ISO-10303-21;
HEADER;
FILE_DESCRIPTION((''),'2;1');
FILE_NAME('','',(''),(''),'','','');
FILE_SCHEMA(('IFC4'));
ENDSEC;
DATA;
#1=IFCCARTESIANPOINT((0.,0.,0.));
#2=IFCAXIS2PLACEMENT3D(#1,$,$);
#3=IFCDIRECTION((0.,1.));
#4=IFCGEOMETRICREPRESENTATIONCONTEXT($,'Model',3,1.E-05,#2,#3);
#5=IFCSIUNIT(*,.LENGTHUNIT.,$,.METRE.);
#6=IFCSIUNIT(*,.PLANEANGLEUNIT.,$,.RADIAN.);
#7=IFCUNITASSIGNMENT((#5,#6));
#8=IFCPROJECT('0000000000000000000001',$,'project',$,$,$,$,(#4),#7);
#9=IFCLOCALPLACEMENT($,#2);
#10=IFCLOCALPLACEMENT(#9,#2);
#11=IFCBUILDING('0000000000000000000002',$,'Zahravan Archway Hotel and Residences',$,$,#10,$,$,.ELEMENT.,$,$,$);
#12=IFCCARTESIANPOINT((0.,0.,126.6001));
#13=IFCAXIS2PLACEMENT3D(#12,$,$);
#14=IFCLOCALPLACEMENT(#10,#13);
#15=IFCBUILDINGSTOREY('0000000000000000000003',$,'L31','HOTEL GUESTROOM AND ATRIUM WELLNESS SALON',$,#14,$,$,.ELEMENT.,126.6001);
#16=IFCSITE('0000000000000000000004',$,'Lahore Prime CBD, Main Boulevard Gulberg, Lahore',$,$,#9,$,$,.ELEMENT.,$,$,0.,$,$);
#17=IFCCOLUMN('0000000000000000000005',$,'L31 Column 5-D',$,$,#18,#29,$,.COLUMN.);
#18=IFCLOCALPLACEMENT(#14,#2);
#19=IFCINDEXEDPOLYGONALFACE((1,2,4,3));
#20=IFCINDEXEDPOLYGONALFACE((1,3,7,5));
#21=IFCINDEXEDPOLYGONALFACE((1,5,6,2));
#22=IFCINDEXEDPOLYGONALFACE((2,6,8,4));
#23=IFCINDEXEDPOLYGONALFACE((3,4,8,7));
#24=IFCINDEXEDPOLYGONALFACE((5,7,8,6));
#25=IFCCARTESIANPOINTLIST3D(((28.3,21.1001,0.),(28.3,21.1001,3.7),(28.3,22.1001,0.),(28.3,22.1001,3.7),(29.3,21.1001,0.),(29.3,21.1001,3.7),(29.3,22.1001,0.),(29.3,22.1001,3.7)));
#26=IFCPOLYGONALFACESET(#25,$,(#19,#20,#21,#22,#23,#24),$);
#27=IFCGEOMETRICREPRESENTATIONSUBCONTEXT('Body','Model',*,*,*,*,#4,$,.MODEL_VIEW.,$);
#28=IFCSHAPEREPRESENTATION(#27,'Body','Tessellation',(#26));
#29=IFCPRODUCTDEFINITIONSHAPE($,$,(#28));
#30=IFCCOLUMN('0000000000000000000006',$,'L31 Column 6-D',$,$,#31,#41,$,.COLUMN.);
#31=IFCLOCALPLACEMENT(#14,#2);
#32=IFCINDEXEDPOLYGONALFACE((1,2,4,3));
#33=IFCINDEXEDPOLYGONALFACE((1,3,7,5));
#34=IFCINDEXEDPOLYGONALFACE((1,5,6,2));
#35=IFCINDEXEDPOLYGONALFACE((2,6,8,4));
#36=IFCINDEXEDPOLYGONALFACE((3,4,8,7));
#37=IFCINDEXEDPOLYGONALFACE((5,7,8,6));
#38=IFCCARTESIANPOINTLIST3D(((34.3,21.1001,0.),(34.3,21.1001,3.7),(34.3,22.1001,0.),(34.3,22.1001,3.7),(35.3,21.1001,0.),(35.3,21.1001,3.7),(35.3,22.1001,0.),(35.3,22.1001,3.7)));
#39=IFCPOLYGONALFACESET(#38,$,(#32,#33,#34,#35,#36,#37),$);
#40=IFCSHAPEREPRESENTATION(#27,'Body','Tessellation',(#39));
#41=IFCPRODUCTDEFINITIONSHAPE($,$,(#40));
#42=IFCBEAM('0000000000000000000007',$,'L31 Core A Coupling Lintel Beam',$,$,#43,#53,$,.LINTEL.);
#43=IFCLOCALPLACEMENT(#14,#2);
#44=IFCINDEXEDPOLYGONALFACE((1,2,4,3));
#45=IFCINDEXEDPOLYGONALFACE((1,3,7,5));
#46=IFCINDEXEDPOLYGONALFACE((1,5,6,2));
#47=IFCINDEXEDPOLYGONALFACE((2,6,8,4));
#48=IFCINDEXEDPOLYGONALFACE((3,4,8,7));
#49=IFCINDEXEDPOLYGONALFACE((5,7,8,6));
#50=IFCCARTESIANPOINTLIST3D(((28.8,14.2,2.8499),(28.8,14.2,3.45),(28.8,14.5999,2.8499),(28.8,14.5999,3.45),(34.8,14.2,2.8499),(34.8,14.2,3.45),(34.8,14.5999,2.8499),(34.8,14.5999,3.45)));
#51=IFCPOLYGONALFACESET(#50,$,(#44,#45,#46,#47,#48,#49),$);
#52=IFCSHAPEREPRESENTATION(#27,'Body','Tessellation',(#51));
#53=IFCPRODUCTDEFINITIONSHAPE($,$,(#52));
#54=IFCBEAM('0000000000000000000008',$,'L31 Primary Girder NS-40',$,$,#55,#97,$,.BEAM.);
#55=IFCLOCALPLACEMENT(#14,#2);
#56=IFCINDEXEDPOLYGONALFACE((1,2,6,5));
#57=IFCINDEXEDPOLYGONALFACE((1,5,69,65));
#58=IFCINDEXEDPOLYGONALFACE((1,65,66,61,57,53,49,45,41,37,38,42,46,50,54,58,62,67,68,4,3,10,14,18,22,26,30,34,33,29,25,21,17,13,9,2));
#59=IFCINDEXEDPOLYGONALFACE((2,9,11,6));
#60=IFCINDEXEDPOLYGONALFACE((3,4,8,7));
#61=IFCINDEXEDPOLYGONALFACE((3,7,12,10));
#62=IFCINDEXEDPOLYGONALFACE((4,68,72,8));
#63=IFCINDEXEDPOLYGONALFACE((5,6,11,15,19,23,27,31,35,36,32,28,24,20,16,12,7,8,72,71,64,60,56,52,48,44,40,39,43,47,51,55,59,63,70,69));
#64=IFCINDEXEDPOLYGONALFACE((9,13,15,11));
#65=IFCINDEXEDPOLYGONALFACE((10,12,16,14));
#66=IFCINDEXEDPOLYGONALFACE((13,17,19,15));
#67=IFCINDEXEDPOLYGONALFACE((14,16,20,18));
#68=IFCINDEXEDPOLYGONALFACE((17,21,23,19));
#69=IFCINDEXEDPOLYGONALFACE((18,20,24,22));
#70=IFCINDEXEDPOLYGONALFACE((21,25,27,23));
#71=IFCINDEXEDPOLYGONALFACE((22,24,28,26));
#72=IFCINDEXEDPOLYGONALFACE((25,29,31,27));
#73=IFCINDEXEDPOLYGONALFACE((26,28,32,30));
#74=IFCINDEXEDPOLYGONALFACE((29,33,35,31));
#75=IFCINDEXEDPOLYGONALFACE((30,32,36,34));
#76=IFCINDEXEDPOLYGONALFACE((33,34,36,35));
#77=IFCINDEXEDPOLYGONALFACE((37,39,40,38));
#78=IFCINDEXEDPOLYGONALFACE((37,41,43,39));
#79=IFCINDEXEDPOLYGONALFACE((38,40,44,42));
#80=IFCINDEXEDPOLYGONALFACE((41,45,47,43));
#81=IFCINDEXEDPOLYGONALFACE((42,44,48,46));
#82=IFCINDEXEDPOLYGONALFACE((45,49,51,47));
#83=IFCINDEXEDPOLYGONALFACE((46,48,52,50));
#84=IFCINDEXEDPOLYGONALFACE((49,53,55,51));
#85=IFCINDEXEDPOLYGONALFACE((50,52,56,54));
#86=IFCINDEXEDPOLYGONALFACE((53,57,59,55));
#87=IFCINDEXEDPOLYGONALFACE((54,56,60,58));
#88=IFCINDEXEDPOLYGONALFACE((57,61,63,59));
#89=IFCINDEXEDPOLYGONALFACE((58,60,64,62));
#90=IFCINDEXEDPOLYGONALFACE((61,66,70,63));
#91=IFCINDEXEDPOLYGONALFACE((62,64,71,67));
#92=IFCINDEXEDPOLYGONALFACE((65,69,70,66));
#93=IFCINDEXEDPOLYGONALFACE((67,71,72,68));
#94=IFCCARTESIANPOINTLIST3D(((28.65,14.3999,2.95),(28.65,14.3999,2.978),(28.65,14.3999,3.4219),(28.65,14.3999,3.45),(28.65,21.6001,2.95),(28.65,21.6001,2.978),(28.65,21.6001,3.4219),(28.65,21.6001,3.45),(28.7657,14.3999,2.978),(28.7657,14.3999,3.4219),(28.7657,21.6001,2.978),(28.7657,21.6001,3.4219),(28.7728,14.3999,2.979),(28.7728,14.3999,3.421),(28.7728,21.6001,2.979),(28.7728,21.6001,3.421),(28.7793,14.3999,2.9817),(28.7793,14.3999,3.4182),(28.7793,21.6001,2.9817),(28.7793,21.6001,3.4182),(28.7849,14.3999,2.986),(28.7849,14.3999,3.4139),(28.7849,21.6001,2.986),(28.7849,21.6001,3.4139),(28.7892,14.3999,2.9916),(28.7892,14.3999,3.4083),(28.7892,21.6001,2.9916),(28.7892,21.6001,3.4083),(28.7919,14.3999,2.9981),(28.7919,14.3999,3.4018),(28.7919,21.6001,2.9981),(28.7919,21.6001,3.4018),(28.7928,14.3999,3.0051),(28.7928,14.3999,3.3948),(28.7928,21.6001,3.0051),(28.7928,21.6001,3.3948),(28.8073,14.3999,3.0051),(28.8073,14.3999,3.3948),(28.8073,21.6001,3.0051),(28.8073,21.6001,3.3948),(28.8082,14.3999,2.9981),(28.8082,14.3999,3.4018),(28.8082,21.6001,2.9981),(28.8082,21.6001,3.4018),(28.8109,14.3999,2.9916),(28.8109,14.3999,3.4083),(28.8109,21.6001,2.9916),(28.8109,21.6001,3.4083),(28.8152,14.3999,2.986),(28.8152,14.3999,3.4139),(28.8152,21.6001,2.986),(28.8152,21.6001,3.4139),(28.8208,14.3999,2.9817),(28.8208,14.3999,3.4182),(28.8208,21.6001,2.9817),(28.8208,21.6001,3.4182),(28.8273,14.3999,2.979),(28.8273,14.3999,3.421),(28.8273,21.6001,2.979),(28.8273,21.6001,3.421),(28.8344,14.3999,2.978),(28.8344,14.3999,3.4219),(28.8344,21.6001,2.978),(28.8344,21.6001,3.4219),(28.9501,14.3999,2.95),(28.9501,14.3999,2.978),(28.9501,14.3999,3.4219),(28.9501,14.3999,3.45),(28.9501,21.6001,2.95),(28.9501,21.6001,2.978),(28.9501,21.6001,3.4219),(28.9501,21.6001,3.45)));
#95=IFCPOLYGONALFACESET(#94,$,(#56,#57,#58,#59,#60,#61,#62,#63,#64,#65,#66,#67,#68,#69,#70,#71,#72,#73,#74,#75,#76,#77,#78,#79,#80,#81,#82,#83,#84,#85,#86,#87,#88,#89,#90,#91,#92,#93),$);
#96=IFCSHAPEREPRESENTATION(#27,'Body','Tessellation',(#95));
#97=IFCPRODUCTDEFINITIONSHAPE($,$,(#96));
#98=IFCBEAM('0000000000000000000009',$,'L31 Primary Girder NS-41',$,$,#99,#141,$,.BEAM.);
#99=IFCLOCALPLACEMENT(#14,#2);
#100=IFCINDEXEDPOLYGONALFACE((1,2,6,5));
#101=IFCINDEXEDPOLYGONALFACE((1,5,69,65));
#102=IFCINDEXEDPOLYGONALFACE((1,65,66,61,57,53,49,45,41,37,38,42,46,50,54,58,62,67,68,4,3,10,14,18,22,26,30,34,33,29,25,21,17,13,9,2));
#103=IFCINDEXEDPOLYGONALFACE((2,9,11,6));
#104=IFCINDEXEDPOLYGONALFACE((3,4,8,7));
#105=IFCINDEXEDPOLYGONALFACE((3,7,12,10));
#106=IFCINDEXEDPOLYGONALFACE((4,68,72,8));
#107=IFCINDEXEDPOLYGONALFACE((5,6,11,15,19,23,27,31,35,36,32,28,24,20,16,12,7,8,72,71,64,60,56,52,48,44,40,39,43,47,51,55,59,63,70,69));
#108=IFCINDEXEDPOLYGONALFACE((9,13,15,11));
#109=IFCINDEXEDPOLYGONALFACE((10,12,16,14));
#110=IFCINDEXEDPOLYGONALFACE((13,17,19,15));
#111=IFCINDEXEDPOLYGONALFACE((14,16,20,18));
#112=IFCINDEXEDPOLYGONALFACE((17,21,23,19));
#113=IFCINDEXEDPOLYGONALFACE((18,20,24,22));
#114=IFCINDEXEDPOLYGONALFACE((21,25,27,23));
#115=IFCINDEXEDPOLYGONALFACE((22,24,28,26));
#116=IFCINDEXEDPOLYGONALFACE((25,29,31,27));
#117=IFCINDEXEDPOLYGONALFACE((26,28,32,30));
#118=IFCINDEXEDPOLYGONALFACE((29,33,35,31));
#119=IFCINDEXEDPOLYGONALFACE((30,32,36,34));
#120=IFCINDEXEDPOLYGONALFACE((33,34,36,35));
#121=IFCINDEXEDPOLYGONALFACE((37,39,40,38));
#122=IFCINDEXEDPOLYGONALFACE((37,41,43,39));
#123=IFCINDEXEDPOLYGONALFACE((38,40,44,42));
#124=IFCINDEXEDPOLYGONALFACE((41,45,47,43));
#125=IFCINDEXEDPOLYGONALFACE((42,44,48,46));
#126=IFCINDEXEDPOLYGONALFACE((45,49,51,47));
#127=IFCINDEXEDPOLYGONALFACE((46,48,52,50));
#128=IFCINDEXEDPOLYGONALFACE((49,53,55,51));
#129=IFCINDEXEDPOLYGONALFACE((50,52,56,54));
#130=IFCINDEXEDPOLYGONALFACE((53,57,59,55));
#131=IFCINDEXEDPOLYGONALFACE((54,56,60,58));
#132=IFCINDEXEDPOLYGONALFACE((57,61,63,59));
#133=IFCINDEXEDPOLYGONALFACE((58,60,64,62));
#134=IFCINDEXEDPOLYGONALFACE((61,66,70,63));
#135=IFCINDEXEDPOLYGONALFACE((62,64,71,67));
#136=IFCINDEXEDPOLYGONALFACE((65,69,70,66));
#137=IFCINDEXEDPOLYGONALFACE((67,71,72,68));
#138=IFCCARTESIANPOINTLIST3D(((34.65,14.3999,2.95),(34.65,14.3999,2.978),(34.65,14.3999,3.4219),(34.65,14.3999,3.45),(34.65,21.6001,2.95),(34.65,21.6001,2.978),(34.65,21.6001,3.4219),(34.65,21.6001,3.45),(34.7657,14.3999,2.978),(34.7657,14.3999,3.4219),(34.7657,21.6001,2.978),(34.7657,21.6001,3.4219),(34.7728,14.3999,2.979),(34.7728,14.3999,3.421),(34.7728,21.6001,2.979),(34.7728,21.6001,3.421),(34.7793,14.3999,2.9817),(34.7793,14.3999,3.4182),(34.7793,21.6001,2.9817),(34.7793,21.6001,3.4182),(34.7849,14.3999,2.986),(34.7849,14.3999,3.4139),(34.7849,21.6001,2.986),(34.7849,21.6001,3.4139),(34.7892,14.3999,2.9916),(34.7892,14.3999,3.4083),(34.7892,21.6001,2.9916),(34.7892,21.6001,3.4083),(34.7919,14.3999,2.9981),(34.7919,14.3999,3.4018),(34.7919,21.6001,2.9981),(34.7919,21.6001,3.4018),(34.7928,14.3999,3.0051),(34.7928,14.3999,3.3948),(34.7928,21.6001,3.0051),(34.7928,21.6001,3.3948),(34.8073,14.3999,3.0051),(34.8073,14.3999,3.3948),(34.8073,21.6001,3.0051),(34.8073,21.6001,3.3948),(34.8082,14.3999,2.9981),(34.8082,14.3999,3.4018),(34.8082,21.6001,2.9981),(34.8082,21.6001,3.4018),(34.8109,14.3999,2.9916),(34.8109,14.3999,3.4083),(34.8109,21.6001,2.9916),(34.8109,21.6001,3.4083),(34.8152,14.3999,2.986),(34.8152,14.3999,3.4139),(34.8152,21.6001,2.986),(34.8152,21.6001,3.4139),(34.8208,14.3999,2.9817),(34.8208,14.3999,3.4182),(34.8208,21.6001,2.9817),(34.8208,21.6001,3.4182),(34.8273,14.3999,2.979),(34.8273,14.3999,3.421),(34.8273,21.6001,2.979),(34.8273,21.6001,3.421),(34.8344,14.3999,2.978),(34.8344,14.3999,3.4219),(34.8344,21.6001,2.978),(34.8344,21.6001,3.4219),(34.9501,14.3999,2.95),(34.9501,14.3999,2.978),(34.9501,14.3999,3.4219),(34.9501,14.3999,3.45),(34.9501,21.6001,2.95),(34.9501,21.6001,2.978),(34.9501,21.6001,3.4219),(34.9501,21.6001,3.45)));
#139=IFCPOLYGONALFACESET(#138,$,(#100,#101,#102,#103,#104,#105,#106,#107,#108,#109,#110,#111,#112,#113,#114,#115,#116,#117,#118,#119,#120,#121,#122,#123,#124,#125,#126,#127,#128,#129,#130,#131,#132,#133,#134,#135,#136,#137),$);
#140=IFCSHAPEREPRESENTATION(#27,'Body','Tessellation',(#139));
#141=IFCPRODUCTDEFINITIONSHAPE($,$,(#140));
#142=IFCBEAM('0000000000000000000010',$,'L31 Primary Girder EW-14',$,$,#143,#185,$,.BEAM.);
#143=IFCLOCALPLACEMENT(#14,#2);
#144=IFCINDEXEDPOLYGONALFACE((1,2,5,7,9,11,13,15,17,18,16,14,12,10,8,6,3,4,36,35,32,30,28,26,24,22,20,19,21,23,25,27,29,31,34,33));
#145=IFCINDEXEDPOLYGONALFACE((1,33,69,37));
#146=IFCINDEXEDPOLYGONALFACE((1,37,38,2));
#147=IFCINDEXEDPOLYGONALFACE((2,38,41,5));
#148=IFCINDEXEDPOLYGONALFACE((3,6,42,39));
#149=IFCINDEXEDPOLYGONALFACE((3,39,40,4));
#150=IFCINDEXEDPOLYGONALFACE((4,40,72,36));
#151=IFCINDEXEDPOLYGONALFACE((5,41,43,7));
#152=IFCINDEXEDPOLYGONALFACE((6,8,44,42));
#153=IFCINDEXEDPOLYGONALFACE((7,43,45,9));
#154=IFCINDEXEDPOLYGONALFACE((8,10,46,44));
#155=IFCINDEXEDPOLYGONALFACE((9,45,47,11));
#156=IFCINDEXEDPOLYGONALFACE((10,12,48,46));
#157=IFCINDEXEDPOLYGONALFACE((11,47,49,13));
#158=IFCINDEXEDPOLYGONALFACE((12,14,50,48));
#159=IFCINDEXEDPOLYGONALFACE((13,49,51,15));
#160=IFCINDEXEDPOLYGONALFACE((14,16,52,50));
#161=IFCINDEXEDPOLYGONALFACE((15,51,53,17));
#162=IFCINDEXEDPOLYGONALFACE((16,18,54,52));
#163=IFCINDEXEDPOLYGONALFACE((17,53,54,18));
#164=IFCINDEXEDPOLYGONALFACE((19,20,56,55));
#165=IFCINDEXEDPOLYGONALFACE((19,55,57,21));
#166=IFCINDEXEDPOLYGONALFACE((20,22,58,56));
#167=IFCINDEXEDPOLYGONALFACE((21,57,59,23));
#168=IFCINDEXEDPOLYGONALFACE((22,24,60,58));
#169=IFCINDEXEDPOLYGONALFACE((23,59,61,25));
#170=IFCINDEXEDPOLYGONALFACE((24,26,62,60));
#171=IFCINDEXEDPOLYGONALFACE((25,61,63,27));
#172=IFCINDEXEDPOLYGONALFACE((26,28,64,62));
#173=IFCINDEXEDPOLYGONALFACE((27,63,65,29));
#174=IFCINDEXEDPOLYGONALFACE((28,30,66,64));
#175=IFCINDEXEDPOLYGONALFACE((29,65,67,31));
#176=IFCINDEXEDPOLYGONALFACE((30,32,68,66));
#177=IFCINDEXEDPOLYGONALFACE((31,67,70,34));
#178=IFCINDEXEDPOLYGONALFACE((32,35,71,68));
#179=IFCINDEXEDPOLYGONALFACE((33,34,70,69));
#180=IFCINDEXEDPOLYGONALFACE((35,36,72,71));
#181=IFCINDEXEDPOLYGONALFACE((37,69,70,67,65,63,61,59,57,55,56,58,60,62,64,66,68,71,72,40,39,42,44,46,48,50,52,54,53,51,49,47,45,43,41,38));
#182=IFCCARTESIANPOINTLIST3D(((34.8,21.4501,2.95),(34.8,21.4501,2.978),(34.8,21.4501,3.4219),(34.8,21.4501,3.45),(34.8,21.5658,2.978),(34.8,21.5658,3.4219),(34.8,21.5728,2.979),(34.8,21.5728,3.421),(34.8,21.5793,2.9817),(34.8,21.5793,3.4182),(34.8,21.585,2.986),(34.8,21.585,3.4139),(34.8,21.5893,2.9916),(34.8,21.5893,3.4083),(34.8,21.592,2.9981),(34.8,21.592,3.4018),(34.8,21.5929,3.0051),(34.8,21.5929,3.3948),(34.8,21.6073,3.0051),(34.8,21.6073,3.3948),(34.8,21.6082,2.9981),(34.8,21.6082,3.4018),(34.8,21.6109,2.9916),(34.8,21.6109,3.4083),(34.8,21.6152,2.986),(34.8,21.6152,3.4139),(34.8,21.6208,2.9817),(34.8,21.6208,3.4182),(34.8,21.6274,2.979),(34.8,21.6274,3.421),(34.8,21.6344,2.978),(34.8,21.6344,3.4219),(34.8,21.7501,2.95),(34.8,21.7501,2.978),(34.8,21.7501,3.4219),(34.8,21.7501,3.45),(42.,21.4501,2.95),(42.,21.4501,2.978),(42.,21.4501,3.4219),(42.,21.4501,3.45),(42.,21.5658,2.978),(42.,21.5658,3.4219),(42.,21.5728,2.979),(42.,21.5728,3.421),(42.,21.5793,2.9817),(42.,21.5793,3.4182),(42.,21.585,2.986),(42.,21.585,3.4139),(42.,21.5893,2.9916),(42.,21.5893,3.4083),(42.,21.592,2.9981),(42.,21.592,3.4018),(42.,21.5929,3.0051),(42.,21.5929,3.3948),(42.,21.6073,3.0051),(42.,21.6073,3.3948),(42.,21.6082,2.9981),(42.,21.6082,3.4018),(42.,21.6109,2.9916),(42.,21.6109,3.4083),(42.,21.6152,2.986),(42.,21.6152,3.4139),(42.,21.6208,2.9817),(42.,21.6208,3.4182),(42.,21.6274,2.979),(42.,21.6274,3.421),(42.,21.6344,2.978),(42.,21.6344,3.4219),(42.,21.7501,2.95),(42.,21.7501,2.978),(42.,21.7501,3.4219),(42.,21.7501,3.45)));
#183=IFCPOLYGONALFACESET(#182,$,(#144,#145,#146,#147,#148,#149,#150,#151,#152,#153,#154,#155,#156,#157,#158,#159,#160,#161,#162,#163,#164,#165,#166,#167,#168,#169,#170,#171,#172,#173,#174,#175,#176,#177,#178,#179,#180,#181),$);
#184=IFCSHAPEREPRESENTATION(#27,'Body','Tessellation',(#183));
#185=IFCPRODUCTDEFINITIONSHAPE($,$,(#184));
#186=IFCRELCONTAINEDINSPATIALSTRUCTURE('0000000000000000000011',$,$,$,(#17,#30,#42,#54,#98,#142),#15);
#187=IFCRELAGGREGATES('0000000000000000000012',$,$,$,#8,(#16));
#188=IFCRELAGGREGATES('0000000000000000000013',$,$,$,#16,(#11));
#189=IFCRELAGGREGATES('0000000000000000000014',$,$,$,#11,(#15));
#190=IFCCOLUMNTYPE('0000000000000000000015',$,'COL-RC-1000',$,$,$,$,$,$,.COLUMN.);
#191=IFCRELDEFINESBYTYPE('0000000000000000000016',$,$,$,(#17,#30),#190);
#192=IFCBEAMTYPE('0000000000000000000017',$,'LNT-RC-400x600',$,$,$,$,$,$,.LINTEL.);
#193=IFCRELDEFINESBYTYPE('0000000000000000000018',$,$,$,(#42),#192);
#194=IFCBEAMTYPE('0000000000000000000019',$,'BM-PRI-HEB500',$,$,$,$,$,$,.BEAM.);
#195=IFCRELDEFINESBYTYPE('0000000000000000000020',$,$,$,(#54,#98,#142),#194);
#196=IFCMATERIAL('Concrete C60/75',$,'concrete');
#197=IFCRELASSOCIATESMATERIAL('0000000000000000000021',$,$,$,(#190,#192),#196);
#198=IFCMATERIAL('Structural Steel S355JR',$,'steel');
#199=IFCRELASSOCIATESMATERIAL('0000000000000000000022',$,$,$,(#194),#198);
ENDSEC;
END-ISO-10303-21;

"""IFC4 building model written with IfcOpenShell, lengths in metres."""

from ifc_helpers import new_model, si_unit, direction, frame, origin, origin_2d, place, context, subcontext, project, spatial, rectangle, i_section, extrude, source, transform, mapped, material, material_profile, profile_set, type_object, type_shapes, element, save


model = new_model("IFC4")

# Units and contexts
model_context = context("Model", 3, precision=1e-05, world=origin(), true_north=direction((0.0, 1.0)))
body_context = subcontext(model_context, "Body", "Model", "MODEL_VIEW")
ifc_project = project(units=[si_unit("LENGTHUNIT", "METRE"), si_unit("PLANEANGLEUNIT", "RADIAN")], contexts=[model_context])

# Site, building, storey
site_placement = place(None, origin())
site = spatial("IfcSite", under=ifc_project, at=site_placement, Name="Lahore Prime CBD, Main Boulevard Gulberg, Lahore", CompositionType="ELEMENT", RefElevation=0.0)
building_placement = place(site_placement, origin())
building = spatial("IfcBuilding", under=site, at=building_placement, Name="Zahravan Archway Hotel and Residences", CompositionType="ELEMENT")
storey_placement = place(building_placement, frame((0.0, 0.0, 126.6001)))
storey = spatial("IfcBuildingStorey", under=building, at=storey_placement, Name="L31", Description="HOTEL GUESTROOM AND ATRIUM WELLNESS SALON", CompositionType="ELEMENT", Elevation=126.6001)

# Columns
ifc_material_1 = material(Name="Concrete C60/75", Category="concrete")
ifc_material_profile_1 = material_profile(ifc_material_1, rectangle(XDim=1.0, YDim=1.0, at=origin_2d()), Name="RC-COL-1000x1000", Category="concrete")
ifc_profile_set_1 = profile_set([ifc_material_profile_1], Name="Concrete C60/75")
column_type = type_object("IfcColumnType", Name="COL-RC-1000", PredefinedType="COLUMN", material=ifc_profile_set_1)
shared_shape_1 = source(origin(), body_context, "Body", "SweptSolid", [
    extrude(rectangle(XDim=1.0, YDim=1.0, at=origin_2d()), origin(), (0.0, 0.0, 1.0), 3.7),
])
type_shapes(column_type, [shared_shape_1])
for number, where, z_axis, x_axis, name in (
    (1, (28.8, 21.6001, 0.0), (0.0, 0.0, 1.0), (1.0, 0.0, 0.0), "L31 Column 5-D"),
    (2, (34.8, 21.6001, 0.0), (0.0, 0.0, 1.0), (1.0, 0.0, 0.0), "L31 Column 6-D"),
):
    element("IfcColumn", number, at=place(storey_placement, frame(where, z_axis=z_axis, x_axis=x_axis)), inside=storey, type_object=column_type, Name=name, PredefinedType="COLUMN", context=body_context, shape_type="MappedRepresentation", body=[
        mapped(shared_shape_1, transform((0.0, 0.0, 0.0), scale=1.0)),
    ])

# Beams
ifc_material_profile_2 = material_profile(ifc_material_1, rectangle(XDim=0.3999, YDim=0.6001, at=origin_2d()), Name="RC-LNT-400x600", Category="concrete")
ifc_profile_set_2 = profile_set([ifc_material_profile_2], Name="Concrete C60/75")
beam_type_1 = type_object("IfcBeamType", Name="LNT-RC-400x600", PredefinedType="LINTEL", material=ifc_profile_set_2)
shared_shape_2 = source(origin(), body_context, "Body", "SweptSolid", [
    extrude(rectangle(XDim=0.3999, YDim=0.6001, at=origin_2d()), origin(), (0.0, 0.0, 1.0), 6.0),
])
type_shapes(beam_type_1, [shared_shape_2])
beam_1_placement = place(storey_placement, frame((28.8, 14.3999, 3.1499), z_axis=(1.0, 0.0, 0.0), x_axis=(0.0, 1.0, 0.0)))
element("IfcBeam", 3, at=beam_1_placement, inside=storey, type_object=beam_type_1, Name="L31 Core A Coupling Lintel Beam", PredefinedType="LINTEL", context=body_context, shape_type="MappedRepresentation", body=[
    mapped(shared_shape_2, transform((0.0, 0.0, 0.0), scale=1.0)),
])
ifc_material_2 = material(Name="Structural Steel S355JR", Category="steel")
ifc_material_profile_3 = material_profile(ifc_material_2, i_section(OverallWidth=0.3, OverallDepth=0.5, WebThickness=0.0144, FlangeThickness=0.0281, FilletRadius=0.0271, at=origin_2d()), Name="HEB 500", Category="steel")
ifc_profile_set_3 = profile_set([ifc_material_profile_3], Name="Structural Steel S355JR")
beam_type_2 = type_object("IfcBeamType", Name="BM-PRI-HEB500", PredefinedType="BEAM", material=ifc_profile_set_3)
shared_shape_3 = source(origin(), body_context, "Body", "SweptSolid", [
    extrude(i_section(OverallWidth=0.3, OverallDepth=0.5, WebThickness=0.0144, FlangeThickness=0.0281, FilletRadius=0.0271, at=origin_2d()), origin(), (0.0, 0.0, 1.0), 7.2002),
])
type_shapes(beam_type_2, [shared_shape_3])
for number, where, z_axis, x_axis, name in (
    (4, (28.8, 14.3999, 3.2), (0.0, 1.0, 0.0), (-1.0, 0.0, 0.0), "L31 Primary Girder NS-40"),
    (5, (34.8, 14.3999, 3.2), (0.0, 1.0, 0.0), (-1.0, 0.0, 0.0), "L31 Primary Girder NS-41"),
):
    element("IfcBeam", number, at=place(storey_placement, frame(where, z_axis=z_axis, x_axis=x_axis)), inside=storey, type_object=beam_type_2, Name=name, PredefinedType="BEAM", context=body_context, shape_type="MappedRepresentation", body=[
        mapped(shared_shape_3, transform((0.0, 0.0, 0.0), scale=1.0)),
    ])
shared_shape_4 = source(origin(), body_context, "Body", "SweptSolid", [
    extrude(i_section(OverallWidth=0.3, OverallDepth=0.5, WebThickness=0.0144, FlangeThickness=0.0281, FilletRadius=0.0271, at=origin_2d()), origin(), (0.0, 0.0, 1.0), 7.2),
])
beam_2_placement = place(storey_placement, frame((34.8, 21.6001, 3.2), z_axis=(1.0, 0.0, 0.0), x_axis=(0.0, 1.0, 0.0)))
element("IfcBeam", 6, at=beam_2_placement, inside=storey, type_object=beam_type_2, Name="L31 Primary Girder EW-14", PredefinedType="BEAM", context=body_context, shape_type="MappedRepresentation", body=[
    mapped(shared_shape_4, transform((0.0, 0.0, 0.0), scale=1.0)),
])

save(model, "model.ifc")
